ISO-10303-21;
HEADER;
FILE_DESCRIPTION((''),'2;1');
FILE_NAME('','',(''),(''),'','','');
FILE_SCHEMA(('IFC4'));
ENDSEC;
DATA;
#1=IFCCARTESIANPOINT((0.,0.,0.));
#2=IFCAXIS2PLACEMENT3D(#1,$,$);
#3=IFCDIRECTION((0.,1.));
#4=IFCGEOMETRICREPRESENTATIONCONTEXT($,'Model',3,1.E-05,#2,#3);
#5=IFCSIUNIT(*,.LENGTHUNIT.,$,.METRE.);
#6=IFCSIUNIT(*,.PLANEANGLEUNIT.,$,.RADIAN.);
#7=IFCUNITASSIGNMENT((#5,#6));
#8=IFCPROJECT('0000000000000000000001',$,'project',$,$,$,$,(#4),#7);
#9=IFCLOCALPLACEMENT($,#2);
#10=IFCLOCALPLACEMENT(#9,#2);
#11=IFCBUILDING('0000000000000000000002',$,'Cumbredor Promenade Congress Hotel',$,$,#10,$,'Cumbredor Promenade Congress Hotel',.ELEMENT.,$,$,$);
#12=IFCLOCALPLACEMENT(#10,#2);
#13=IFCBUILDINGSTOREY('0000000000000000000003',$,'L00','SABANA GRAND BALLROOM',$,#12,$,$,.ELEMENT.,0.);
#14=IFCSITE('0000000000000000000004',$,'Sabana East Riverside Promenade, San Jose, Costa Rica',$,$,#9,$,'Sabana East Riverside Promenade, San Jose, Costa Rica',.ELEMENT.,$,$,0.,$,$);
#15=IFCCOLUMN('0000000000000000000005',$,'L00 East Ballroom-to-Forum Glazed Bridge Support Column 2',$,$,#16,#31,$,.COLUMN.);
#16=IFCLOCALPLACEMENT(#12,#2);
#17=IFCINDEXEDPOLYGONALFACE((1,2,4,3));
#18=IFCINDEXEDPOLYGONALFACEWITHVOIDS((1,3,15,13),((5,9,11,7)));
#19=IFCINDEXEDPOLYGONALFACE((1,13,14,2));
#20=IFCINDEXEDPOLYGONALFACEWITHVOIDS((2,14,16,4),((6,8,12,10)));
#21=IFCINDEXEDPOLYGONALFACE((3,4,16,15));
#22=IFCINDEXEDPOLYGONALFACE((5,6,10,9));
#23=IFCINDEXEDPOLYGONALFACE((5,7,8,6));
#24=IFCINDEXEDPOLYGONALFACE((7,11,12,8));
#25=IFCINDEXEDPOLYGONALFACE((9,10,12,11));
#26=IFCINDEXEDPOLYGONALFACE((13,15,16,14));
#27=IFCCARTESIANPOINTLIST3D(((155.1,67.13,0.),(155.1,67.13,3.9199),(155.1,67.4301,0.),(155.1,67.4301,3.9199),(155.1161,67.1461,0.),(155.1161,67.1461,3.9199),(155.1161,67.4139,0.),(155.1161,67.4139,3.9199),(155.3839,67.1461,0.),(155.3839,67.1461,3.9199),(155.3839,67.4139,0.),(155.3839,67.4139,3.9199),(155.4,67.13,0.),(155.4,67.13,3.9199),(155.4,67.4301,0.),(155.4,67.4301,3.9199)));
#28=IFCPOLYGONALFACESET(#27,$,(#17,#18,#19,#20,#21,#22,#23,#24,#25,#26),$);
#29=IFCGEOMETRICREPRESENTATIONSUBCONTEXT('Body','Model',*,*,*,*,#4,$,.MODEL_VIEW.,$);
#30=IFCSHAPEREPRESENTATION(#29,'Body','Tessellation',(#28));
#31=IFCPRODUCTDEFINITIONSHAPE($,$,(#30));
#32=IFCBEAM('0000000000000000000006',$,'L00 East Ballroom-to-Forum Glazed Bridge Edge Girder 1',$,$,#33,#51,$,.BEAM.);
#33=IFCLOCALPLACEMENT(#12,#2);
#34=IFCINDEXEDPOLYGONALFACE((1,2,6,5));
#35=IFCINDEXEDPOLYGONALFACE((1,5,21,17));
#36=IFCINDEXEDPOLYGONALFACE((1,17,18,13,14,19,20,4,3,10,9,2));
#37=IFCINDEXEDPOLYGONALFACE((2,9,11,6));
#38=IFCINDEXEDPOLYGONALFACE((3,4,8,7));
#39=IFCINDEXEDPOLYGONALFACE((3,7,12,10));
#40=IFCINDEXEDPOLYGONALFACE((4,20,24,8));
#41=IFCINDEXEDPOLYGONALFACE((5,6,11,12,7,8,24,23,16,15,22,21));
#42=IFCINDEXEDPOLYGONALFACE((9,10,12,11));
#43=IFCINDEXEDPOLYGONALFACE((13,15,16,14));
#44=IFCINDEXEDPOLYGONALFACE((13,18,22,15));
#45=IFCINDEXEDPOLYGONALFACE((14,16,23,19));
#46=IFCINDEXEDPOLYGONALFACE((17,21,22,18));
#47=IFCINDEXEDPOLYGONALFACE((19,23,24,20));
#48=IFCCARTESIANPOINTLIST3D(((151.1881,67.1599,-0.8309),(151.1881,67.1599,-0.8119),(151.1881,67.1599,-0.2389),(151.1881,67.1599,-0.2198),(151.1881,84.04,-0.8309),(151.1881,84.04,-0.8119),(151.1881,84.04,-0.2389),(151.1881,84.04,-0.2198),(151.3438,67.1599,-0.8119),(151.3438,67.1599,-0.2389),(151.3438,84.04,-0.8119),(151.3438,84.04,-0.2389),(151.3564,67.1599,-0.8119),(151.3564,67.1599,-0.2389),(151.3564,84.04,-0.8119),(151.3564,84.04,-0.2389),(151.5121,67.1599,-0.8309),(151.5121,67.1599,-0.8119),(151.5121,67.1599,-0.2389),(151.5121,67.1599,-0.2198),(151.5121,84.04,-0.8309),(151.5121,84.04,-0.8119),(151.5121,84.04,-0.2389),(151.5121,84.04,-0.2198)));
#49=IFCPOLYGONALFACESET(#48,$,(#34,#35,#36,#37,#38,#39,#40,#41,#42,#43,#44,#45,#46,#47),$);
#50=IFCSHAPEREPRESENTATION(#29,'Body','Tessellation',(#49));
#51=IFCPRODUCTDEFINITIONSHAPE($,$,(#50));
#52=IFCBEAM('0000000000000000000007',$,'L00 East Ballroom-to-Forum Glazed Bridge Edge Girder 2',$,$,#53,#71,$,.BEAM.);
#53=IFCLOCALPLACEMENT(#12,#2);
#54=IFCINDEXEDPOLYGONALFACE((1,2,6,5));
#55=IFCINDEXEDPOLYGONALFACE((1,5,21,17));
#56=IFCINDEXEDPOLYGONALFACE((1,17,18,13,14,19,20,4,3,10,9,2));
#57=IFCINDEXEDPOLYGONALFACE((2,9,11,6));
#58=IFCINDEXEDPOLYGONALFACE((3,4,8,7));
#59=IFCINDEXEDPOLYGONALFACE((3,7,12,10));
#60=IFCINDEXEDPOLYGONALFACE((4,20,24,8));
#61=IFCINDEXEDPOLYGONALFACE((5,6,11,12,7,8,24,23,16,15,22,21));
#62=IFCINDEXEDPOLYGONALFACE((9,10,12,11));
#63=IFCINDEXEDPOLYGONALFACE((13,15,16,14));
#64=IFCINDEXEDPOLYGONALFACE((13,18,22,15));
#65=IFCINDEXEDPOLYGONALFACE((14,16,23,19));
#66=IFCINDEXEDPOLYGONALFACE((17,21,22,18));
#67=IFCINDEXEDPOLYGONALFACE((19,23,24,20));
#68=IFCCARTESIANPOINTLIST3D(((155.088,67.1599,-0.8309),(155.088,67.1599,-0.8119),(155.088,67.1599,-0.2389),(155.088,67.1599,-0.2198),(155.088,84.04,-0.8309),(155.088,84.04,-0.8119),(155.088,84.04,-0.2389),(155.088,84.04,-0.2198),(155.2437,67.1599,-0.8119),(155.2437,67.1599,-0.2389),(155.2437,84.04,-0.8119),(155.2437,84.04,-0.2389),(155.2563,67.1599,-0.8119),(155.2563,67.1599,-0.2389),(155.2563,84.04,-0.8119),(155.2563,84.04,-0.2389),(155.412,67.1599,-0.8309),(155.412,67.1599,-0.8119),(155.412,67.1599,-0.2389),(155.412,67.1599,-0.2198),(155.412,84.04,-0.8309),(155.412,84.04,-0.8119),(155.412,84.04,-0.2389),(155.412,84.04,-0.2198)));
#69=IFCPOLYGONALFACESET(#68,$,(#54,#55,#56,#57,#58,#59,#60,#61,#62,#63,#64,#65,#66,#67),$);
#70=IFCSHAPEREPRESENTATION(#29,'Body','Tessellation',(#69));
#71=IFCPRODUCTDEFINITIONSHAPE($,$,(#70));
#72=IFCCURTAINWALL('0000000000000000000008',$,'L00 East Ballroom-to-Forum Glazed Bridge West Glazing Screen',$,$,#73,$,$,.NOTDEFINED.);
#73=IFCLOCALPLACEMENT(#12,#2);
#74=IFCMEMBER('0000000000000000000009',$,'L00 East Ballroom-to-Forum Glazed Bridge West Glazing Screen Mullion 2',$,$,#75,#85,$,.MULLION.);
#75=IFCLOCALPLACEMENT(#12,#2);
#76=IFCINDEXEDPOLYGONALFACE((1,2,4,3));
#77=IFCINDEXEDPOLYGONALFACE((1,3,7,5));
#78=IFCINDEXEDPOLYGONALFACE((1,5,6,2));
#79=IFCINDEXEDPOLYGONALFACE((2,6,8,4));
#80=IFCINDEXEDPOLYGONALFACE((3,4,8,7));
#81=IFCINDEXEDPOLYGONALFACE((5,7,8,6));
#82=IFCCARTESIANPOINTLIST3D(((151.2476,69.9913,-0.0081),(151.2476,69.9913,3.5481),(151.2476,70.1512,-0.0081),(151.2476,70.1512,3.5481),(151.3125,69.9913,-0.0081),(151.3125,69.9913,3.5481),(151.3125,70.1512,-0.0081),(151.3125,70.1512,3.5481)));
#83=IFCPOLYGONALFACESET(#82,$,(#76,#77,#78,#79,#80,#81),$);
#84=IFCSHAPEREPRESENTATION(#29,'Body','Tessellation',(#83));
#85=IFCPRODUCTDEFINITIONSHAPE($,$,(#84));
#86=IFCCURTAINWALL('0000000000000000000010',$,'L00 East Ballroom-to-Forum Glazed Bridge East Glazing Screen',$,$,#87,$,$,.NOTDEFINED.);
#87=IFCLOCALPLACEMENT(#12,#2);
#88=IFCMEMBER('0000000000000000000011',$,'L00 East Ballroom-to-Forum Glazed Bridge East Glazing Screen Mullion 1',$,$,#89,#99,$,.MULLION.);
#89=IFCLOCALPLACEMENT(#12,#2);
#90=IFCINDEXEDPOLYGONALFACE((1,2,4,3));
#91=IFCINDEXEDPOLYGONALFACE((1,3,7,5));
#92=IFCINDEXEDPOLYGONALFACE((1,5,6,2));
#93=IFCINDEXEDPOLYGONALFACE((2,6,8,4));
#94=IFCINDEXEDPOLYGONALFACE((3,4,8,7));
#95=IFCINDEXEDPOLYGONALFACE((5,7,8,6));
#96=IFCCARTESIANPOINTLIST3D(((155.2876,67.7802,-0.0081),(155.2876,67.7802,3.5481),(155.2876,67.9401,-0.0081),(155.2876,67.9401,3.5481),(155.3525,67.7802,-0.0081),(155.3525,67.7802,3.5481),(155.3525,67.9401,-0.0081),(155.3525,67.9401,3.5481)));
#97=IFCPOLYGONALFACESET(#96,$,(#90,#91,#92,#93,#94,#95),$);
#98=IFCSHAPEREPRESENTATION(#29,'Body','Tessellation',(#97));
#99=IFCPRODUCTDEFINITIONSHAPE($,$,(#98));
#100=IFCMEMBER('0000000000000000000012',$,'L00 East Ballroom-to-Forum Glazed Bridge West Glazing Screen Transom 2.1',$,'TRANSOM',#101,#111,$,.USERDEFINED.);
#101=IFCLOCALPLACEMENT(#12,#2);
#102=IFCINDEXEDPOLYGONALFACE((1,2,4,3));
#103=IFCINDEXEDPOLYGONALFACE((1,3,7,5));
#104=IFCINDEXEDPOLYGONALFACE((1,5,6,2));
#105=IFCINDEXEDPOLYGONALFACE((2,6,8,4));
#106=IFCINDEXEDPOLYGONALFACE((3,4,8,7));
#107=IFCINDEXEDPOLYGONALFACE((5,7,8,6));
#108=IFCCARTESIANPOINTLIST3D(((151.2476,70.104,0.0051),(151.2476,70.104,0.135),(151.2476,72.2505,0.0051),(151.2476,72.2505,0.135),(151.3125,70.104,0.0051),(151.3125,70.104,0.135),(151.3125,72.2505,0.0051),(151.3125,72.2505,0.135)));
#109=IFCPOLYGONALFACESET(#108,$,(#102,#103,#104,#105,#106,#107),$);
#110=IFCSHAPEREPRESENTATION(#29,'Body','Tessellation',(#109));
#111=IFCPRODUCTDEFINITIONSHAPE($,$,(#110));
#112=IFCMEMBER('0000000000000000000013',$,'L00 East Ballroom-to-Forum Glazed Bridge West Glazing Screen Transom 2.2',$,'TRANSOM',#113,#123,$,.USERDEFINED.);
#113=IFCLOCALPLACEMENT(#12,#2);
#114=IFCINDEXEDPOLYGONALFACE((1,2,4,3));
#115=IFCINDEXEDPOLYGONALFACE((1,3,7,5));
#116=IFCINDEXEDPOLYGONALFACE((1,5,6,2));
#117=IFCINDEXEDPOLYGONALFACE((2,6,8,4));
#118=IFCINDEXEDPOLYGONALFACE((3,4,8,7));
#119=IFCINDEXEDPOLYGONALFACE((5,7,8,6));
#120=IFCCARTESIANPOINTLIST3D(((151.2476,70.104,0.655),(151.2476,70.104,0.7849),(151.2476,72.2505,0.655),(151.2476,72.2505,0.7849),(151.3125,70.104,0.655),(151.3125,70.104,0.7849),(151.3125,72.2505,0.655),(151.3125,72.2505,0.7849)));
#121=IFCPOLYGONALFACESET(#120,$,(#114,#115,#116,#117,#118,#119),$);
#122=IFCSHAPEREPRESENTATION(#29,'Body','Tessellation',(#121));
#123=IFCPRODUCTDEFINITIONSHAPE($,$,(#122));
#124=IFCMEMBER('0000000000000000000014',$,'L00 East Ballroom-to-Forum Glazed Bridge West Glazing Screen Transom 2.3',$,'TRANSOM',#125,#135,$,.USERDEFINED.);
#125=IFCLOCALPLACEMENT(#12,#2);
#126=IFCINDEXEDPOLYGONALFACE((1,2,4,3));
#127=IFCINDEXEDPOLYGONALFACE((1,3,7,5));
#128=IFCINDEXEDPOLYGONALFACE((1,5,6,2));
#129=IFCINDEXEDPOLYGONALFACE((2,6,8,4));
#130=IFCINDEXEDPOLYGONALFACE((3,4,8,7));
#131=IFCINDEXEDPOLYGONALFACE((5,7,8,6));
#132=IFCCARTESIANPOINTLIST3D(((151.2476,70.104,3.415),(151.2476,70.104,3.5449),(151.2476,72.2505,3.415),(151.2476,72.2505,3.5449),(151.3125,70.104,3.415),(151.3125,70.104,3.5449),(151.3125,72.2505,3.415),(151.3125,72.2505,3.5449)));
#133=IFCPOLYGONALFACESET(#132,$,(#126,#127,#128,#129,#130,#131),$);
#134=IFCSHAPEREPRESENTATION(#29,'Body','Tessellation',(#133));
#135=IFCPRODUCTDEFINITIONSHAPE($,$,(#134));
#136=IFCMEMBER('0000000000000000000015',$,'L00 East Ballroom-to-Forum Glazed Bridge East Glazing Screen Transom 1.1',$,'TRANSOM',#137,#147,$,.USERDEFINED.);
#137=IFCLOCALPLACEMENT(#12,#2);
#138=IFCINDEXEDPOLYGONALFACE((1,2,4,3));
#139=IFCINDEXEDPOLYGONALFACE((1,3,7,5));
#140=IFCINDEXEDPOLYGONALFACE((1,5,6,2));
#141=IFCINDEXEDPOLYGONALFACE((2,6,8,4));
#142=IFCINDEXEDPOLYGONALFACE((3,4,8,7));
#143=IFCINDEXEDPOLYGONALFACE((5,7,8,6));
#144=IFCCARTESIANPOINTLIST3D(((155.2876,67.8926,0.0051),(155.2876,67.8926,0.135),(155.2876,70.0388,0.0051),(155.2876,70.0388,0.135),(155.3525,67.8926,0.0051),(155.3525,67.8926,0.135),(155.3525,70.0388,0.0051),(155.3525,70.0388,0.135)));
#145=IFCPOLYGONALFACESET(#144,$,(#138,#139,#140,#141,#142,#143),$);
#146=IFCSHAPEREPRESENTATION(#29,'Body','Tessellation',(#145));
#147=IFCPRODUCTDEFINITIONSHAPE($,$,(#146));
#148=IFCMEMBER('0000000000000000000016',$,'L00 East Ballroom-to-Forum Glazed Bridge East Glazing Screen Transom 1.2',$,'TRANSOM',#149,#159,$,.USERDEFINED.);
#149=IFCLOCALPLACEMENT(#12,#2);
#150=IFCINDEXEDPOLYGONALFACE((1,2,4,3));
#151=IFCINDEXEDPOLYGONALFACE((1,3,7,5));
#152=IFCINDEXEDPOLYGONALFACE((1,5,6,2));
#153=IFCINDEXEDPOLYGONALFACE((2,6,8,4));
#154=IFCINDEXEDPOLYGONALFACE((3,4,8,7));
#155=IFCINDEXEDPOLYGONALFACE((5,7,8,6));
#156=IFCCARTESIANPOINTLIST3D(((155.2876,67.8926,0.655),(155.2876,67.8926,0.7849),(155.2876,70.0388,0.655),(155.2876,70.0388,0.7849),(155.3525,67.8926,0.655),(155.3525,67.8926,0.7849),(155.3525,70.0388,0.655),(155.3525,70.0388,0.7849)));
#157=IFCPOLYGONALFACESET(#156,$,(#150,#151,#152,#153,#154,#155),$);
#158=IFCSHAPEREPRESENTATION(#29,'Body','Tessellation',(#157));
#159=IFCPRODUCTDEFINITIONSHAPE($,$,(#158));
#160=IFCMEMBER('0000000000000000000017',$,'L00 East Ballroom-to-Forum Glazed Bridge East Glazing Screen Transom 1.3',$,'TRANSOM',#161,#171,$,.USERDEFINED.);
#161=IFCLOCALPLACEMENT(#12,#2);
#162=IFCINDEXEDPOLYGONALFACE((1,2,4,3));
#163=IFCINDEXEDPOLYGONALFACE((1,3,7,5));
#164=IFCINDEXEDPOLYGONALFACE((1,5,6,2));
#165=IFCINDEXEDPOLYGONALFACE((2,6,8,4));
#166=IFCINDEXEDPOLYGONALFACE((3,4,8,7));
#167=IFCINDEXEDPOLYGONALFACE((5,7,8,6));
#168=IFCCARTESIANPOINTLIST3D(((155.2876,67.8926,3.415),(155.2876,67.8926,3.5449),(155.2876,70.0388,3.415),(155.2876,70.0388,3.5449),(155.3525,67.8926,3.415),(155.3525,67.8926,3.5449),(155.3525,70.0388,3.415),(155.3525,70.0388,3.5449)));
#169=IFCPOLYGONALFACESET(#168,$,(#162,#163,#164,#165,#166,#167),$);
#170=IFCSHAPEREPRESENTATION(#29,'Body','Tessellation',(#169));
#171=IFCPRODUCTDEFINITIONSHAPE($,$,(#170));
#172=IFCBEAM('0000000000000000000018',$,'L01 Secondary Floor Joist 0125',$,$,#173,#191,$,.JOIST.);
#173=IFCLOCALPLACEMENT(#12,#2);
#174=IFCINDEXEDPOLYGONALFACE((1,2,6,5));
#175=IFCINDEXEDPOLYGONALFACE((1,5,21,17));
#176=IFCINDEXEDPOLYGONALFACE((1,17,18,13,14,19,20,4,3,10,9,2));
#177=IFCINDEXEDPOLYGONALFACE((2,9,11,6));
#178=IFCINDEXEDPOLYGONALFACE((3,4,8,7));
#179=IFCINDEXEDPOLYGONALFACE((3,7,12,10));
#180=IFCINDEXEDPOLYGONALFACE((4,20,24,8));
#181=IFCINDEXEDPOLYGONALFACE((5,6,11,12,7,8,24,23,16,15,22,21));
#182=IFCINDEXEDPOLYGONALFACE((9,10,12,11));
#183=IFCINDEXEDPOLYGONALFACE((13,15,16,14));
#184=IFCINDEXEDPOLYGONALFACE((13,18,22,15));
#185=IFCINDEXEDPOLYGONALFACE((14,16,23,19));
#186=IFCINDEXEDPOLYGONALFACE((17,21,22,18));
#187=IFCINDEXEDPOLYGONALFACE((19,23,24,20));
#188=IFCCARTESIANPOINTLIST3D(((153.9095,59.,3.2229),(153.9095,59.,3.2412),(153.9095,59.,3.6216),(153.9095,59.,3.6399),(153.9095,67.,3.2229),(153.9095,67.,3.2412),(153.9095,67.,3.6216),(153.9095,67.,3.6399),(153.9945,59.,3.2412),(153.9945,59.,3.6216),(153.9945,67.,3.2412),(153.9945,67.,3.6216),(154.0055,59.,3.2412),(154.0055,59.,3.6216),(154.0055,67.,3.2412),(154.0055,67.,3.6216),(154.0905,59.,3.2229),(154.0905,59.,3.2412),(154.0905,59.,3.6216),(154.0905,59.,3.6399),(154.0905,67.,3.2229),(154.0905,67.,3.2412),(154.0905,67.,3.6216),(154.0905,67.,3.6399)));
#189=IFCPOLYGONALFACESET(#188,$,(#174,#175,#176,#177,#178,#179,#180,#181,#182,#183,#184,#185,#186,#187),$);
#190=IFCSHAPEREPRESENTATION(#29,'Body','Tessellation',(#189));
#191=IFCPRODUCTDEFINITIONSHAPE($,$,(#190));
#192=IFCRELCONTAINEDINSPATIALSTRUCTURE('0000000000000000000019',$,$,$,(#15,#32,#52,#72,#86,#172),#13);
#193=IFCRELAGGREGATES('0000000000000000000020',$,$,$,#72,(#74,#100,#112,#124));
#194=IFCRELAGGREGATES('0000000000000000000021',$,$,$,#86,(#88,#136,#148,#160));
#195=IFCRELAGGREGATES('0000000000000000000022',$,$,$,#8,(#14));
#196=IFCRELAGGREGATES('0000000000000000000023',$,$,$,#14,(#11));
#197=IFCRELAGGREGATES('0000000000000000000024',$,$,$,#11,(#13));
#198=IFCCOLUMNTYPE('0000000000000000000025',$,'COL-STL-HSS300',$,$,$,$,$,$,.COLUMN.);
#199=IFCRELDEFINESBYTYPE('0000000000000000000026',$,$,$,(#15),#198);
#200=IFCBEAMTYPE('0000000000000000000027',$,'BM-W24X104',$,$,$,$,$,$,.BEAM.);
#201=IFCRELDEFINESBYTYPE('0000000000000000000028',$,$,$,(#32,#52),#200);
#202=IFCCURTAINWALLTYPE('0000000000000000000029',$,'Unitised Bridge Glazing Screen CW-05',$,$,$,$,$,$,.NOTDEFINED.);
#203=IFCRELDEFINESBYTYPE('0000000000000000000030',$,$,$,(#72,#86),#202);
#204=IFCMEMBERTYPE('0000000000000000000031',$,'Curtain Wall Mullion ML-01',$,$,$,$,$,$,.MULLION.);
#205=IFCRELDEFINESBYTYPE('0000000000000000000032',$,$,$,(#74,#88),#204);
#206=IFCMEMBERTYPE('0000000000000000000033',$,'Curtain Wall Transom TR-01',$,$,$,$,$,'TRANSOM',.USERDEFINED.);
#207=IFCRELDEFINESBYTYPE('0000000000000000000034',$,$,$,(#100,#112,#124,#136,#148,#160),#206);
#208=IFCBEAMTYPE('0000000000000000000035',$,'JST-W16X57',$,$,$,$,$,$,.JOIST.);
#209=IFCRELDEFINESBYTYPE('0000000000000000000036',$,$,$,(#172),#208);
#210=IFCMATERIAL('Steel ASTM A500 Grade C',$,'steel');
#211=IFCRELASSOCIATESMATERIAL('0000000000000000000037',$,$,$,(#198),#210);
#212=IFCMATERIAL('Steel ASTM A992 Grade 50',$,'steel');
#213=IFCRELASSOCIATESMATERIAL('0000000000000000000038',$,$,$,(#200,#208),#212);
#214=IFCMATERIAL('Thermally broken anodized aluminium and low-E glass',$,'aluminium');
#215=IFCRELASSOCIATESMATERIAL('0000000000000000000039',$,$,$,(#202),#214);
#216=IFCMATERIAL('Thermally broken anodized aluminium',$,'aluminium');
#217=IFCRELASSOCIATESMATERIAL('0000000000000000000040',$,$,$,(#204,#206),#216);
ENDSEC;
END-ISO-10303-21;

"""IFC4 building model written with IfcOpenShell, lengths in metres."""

from ifc_helpers import new_model, si_unit, direction, frame, origin, origin_2d, place, context, subcontext, project, spatial, rectangle, hollow_rectangle, i_section, extrude, material, material_profile, profile_set, type_object, element, aggregate, save


model = new_model("IFC4")

# Units and contexts
model_context = context("Model", 3, precision=1e-05, world=origin(), true_north=direction((0.0, 1.0)))
body_context = subcontext(model_context, "Body", "Model", "MODEL_VIEW")
ifc_project = project(units=[si_unit("LENGTHUNIT", "METRE"), si_unit("PLANEANGLEUNIT", "RADIAN")], contexts=[model_context])

# Site, building, storey
site_placement = place(None, origin())
site = spatial("IfcSite", under=ifc_project, at=site_placement, Name="Sabana East Riverside Promenade, San Jose, Costa Rica", LongName="Sabana East Riverside Promenade, San Jose, Costa Rica", CompositionType="ELEMENT", RefElevation=0.0)
building_placement = place(site_placement, origin())
building = spatial("IfcBuilding", under=site, at=building_placement, Name="Cumbredor Promenade Congress Hotel", LongName="Cumbredor Promenade Congress Hotel", CompositionType="ELEMENT")
storey_placement = place(building_placement, origin())
storey = spatial("IfcBuildingStorey", under=building, at=storey_placement, Name="L00", Description="SABANA GRAND BALLROOM", CompositionType="ELEMENT", Elevation=0.0)

# Column
ifc_material_1 = material(Name="Steel ASTM A500 Grade C", Category="steel")
ifc_material_profile_1 = material_profile(ifc_material_1, hollow_rectangle(XDim=0.3, YDim=0.3, WallThickness=0.0161, at=origin_2d()), Name="HSS 300x300x16")
ifc_profile_set_1 = profile_set([ifc_material_profile_1], Name="Steel ASTM A500 Grade C")
column_type = type_object("IfcColumnType", Name="COL-STL-HSS300", PredefinedType="COLUMN", material=ifc_profile_set_1)
column_placement = place(storey_placement, frame((155.25, 67.28, 0.0), z_axis=(0.0, 0.0, 1.0), x_axis=(1.0, 0.0, 0.0)))
element("IfcColumn", 1, at=column_placement, inside=storey, type_object=column_type, Name="L00 East Ballroom-to-Forum Glazed Bridge Support Column 2", PredefinedType="COLUMN", context=body_context, shape_type="SweptSolid", body=[
    extrude(hollow_rectangle(XDim=0.3, YDim=0.3, WallThickness=0.0161, at=origin_2d()), origin(), (0.0, 0.0, 1.0), 3.9199),
])

# Beams
ifc_material_2 = material(Name="Steel ASTM A992 Grade 50", Category="steel")
ifc_material_profile_2 = material_profile(ifc_material_2, i_section(OverallWidth=0.324, OverallDepth=0.6111, WebThickness=0.0127, FlangeThickness=0.019, at=origin_2d()), Name="W24X104")
ifc_profile_set_2 = profile_set([ifc_material_profile_2], Name="Steel ASTM A992 Grade 50")
beam_type_1 = type_object("IfcBeamType", Name="BM-W24X104", PredefinedType="BEAM", material=ifc_profile_set_2)
for number, where, z_axis, x_axis, name in (
    (2, (151.3501, 67.1599, -0.5254), (0.0, 1.0, 0.0), (-1.0, 0.0, 0.0), "L00 East Ballroom-to-Forum Glazed Bridge Edge Girder 1"),
    (3, (155.25, 67.1599, -0.5254), (0.0, 1.0, 0.0), (-1.0, 0.0, 0.0), "L00 East Ballroom-to-Forum Glazed Bridge Edge Girder 2"),
):
    element("IfcBeam", number, at=place(storey_placement, frame(where, z_axis=z_axis, x_axis=x_axis)), inside=storey, type_object=beam_type_1, Name=name, PredefinedType="BEAM", context=body_context, shape_type="SweptSolid", body=[
        extrude(i_section(OverallWidth=0.324, OverallDepth=0.6111, WebThickness=0.0127, FlangeThickness=0.019, at=origin_2d()), origin(), (0.0, 0.0, 1.0), 16.8801),
    ])

# Curtain walls, members
ifc_material_3 = material(Name="Thermally broken anodized aluminium and low-E glass", Category="aluminium")
curtain_wall_type = type_object("IfcCurtainWallType", Name="Unitised Bridge Glazing Screen CW-05", PredefinedType="NOTDEFINED", material=ifc_material_3)
curtain_wall_1_placement = place(storey_placement, origin())
curtain_wall_1 = element("IfcCurtainWall", 4, at=curtain_wall_1_placement, inside=storey, type_object=curtain_wall_type, Name="L00 East Ballroom-to-Forum Glazed Bridge West Glazing Screen", PredefinedType="NOTDEFINED")
ifc_material_4 = material(Name="Thermally broken anodized aluminium", Category="aluminium")
ifc_material_profile_3 = material_profile(ifc_material_4, rectangle(XDim=0.0649, YDim=0.1599, at=origin_2d()), Name="ALU MULLION 65x160")
ifc_profile_set_3 = profile_set([ifc_material_profile_3], Name="Thermally broken anodized aluminium")
member_type_1 = type_object("IfcMemberType", Name="Curtain Wall Mullion ML-01", PredefinedType="MULLION", material=ifc_profile_set_3)
member_1_placement = place(storey_placement, frame((151.28, 70.0713, -0.0081), z_axis=(0.0, 0.0, 1.0), x_axis=(1.0, 0.0, 0.0)))
member_1 = element("IfcMember", 5, at=member_1_placement, type_object=member_type_1, Name="L00 East Ballroom-to-Forum Glazed Bridge West Glazing Screen Mullion 2", PredefinedType="MULLION", context=body_context, shape_type="SweptSolid", body=[
    extrude(rectangle(XDim=0.0649, YDim=0.1599, at=origin_2d()), origin(), (0.0, 0.0, 1.0), 3.5562),
])
curtain_wall_2_placement = place(storey_placement, origin())
curtain_wall_2 = element("IfcCurtainWall", 6, at=curtain_wall_2_placement, inside=storey, type_object=curtain_wall_type, Name="L00 East Ballroom-to-Forum Glazed Bridge East Glazing Screen", PredefinedType="NOTDEFINED")
member_2_placement = place(storey_placement, frame((155.3201, 67.8601, -0.0081), z_axis=(0.0, 0.0, 1.0), x_axis=(1.0, 0.0, 0.0)))
member_2 = element("IfcMember", 7, at=member_2_placement, type_object=member_type_1, Name="L00 East Ballroom-to-Forum Glazed Bridge East Glazing Screen Mullion 1", PredefinedType="MULLION", context=body_context, shape_type="SweptSolid", body=[
    extrude(rectangle(XDim=0.0649, YDim=0.1599, at=origin_2d()), origin(), (0.0, 0.0, 1.0), 3.5562),
])

# Members
ifc_material_profile_4 = material_profile(ifc_material_4, rectangle(XDim=0.0649, YDim=0.1299, at=origin_2d()), Name="ALU TRANSOM 65x130")
ifc_profile_set_4 = profile_set([ifc_material_profile_4], Name="Thermally broken anodized aluminium")
member_type_2 = type_object("IfcMemberType", Name="Curtain Wall Transom TR-01", ElementType="TRANSOM", PredefinedType="USERDEFINED", material=ifc_profile_set_4)
member_3_placement = place(storey_placement, frame((151.28, 70.104, 0.0701), z_axis=(0.0, 1.0, 0.0), x_axis=(-1.0, 0.0, 0.0)))
member_3 = element("IfcMember", 8, at=member_3_placement, type_object=member_type_2, Name="L00 East Ballroom-to-Forum Glazed Bridge West Glazing Screen Transom 2.1", ObjectType="TRANSOM", PredefinedType="USERDEFINED", context=body_context, shape_type="SweptSolid", body=[
    extrude(rectangle(XDim=0.0649, YDim=0.1299, at=origin_2d()), origin(), (0.0, 0.0, 1.0), 2.1465),
])
member_4_placement = place(storey_placement, frame((151.28, 70.104, 0.72), z_axis=(0.0, 1.0, 0.0), x_axis=(-1.0, 0.0, 0.0)))
member_4 = element("IfcMember", 9, at=member_4_placement, type_object=member_type_2, Name="L00 East Ballroom-to-Forum Glazed Bridge West Glazing Screen Transom 2.2", ObjectType="TRANSOM", PredefinedType="USERDEFINED", context=body_context, shape_type="SweptSolid", body=[
    extrude(rectangle(XDim=0.0649, YDim=0.1299, at=origin_2d()), origin(), (0.0, 0.0, 1.0), 2.1465),
])
member_5_placement = place(storey_placement, frame((151.28, 70.104, 3.48), z_axis=(0.0, 1.0, 0.0), x_axis=(-1.0, 0.0, 0.0)))
member_5 = element("IfcMember", 10, at=member_5_placement, type_object=member_type_2, Name="L00 East Ballroom-to-Forum Glazed Bridge West Glazing Screen Transom 2.3", ObjectType="TRANSOM", PredefinedType="USERDEFINED", context=body_context, shape_type="SweptSolid", body=[
    extrude(rectangle(XDim=0.0649, YDim=0.1299, at=origin_2d()), origin(), (0.0, 0.0, 1.0), 2.1465),
])
aggregate(curtain_wall_1, [member_1, member_3, member_4, member_5])
member_6_placement = place(storey_placement, frame((155.3201, 67.8926, 0.0701), z_axis=(0.0, 1.0, 0.0), x_axis=(-1.0, 0.0, 0.0)))
member_6 = element("IfcMember", 11, at=member_6_placement, type_object=member_type_2, Name="L00 East Ballroom-to-Forum Glazed Bridge East Glazing Screen Transom 1.1", ObjectType="TRANSOM", PredefinedType="USERDEFINED", context=body_context, shape_type="SweptSolid", body=[
    extrude(rectangle(XDim=0.0649, YDim=0.1299, at=origin_2d()), origin(), (0.0, 0.0, 1.0), 2.1462),
])
member_7_placement = place(storey_placement, frame((155.3201, 67.8926, 0.72), z_axis=(0.0, 1.0, 0.0), x_axis=(-1.0, 0.0, 0.0)))
member_7 = element("IfcMember", 12, at=member_7_placement, type_object=member_type_2, Name="L00 East Ballroom-to-Forum Glazed Bridge East Glazing Screen Transom 1.2", ObjectType="TRANSOM", PredefinedType="USERDEFINED", context=body_context, shape_type="SweptSolid", body=[
    extrude(rectangle(XDim=0.0649, YDim=0.1299, at=origin_2d()), origin(), (0.0, 0.0, 1.0), 2.1462),
])
member_8_placement = place(storey_placement, frame((155.3201, 67.8926, 3.48), z_axis=(0.0, 1.0, 0.0), x_axis=(-1.0, 0.0, 0.0)))
member_8 = element("IfcMember", 13, at=member_8_placement, type_object=member_type_2, Name="L00 East Ballroom-to-Forum Glazed Bridge East Glazing Screen Transom 1.3", ObjectType="TRANSOM", PredefinedType="USERDEFINED", context=body_context, shape_type="SweptSolid", body=[
    extrude(rectangle(XDim=0.0649, YDim=0.1299, at=origin_2d()), origin(), (0.0, 0.0, 1.0), 2.1462),
])

# Beam
ifc_material_profile_5 = material_profile(ifc_material_2, i_section(OverallWidth=0.1809, OverallDepth=0.417, WebThickness=0.011, FlangeThickness=0.0183, at=origin_2d()), Name="W16X57")
ifc_profile_set_5 = profile_set([ifc_material_profile_5], Name="Steel ASTM A992 Grade 50")
beam_type_2 = type_object("IfcBeamType", Name="JST-W16X57", PredefinedType="JOIST", material=ifc_profile_set_5)
beam_placement = place(storey_placement, frame((154.0, 59.0, 3.4314), z_axis=(0.0, 1.0, 0.0), x_axis=(-1.0, 0.0, 0.0)))
element("IfcBeam", 14, at=beam_placement, inside=storey, type_object=beam_type_2, Name="L01 Secondary Floor Joist 0125", PredefinedType="JOIST", context=body_context, shape_type="SweptSolid", body=[
    extrude(i_section(OverallWidth=0.1809, OverallDepth=0.417, WebThickness=0.011, FlangeThickness=0.0183, at=origin_2d()), origin(), (0.0, 0.0, 1.0), 8.0),
])

aggregate(curtain_wall_2, [member_2, member_6, member_7, member_8])

save(model, "model.ifc")
